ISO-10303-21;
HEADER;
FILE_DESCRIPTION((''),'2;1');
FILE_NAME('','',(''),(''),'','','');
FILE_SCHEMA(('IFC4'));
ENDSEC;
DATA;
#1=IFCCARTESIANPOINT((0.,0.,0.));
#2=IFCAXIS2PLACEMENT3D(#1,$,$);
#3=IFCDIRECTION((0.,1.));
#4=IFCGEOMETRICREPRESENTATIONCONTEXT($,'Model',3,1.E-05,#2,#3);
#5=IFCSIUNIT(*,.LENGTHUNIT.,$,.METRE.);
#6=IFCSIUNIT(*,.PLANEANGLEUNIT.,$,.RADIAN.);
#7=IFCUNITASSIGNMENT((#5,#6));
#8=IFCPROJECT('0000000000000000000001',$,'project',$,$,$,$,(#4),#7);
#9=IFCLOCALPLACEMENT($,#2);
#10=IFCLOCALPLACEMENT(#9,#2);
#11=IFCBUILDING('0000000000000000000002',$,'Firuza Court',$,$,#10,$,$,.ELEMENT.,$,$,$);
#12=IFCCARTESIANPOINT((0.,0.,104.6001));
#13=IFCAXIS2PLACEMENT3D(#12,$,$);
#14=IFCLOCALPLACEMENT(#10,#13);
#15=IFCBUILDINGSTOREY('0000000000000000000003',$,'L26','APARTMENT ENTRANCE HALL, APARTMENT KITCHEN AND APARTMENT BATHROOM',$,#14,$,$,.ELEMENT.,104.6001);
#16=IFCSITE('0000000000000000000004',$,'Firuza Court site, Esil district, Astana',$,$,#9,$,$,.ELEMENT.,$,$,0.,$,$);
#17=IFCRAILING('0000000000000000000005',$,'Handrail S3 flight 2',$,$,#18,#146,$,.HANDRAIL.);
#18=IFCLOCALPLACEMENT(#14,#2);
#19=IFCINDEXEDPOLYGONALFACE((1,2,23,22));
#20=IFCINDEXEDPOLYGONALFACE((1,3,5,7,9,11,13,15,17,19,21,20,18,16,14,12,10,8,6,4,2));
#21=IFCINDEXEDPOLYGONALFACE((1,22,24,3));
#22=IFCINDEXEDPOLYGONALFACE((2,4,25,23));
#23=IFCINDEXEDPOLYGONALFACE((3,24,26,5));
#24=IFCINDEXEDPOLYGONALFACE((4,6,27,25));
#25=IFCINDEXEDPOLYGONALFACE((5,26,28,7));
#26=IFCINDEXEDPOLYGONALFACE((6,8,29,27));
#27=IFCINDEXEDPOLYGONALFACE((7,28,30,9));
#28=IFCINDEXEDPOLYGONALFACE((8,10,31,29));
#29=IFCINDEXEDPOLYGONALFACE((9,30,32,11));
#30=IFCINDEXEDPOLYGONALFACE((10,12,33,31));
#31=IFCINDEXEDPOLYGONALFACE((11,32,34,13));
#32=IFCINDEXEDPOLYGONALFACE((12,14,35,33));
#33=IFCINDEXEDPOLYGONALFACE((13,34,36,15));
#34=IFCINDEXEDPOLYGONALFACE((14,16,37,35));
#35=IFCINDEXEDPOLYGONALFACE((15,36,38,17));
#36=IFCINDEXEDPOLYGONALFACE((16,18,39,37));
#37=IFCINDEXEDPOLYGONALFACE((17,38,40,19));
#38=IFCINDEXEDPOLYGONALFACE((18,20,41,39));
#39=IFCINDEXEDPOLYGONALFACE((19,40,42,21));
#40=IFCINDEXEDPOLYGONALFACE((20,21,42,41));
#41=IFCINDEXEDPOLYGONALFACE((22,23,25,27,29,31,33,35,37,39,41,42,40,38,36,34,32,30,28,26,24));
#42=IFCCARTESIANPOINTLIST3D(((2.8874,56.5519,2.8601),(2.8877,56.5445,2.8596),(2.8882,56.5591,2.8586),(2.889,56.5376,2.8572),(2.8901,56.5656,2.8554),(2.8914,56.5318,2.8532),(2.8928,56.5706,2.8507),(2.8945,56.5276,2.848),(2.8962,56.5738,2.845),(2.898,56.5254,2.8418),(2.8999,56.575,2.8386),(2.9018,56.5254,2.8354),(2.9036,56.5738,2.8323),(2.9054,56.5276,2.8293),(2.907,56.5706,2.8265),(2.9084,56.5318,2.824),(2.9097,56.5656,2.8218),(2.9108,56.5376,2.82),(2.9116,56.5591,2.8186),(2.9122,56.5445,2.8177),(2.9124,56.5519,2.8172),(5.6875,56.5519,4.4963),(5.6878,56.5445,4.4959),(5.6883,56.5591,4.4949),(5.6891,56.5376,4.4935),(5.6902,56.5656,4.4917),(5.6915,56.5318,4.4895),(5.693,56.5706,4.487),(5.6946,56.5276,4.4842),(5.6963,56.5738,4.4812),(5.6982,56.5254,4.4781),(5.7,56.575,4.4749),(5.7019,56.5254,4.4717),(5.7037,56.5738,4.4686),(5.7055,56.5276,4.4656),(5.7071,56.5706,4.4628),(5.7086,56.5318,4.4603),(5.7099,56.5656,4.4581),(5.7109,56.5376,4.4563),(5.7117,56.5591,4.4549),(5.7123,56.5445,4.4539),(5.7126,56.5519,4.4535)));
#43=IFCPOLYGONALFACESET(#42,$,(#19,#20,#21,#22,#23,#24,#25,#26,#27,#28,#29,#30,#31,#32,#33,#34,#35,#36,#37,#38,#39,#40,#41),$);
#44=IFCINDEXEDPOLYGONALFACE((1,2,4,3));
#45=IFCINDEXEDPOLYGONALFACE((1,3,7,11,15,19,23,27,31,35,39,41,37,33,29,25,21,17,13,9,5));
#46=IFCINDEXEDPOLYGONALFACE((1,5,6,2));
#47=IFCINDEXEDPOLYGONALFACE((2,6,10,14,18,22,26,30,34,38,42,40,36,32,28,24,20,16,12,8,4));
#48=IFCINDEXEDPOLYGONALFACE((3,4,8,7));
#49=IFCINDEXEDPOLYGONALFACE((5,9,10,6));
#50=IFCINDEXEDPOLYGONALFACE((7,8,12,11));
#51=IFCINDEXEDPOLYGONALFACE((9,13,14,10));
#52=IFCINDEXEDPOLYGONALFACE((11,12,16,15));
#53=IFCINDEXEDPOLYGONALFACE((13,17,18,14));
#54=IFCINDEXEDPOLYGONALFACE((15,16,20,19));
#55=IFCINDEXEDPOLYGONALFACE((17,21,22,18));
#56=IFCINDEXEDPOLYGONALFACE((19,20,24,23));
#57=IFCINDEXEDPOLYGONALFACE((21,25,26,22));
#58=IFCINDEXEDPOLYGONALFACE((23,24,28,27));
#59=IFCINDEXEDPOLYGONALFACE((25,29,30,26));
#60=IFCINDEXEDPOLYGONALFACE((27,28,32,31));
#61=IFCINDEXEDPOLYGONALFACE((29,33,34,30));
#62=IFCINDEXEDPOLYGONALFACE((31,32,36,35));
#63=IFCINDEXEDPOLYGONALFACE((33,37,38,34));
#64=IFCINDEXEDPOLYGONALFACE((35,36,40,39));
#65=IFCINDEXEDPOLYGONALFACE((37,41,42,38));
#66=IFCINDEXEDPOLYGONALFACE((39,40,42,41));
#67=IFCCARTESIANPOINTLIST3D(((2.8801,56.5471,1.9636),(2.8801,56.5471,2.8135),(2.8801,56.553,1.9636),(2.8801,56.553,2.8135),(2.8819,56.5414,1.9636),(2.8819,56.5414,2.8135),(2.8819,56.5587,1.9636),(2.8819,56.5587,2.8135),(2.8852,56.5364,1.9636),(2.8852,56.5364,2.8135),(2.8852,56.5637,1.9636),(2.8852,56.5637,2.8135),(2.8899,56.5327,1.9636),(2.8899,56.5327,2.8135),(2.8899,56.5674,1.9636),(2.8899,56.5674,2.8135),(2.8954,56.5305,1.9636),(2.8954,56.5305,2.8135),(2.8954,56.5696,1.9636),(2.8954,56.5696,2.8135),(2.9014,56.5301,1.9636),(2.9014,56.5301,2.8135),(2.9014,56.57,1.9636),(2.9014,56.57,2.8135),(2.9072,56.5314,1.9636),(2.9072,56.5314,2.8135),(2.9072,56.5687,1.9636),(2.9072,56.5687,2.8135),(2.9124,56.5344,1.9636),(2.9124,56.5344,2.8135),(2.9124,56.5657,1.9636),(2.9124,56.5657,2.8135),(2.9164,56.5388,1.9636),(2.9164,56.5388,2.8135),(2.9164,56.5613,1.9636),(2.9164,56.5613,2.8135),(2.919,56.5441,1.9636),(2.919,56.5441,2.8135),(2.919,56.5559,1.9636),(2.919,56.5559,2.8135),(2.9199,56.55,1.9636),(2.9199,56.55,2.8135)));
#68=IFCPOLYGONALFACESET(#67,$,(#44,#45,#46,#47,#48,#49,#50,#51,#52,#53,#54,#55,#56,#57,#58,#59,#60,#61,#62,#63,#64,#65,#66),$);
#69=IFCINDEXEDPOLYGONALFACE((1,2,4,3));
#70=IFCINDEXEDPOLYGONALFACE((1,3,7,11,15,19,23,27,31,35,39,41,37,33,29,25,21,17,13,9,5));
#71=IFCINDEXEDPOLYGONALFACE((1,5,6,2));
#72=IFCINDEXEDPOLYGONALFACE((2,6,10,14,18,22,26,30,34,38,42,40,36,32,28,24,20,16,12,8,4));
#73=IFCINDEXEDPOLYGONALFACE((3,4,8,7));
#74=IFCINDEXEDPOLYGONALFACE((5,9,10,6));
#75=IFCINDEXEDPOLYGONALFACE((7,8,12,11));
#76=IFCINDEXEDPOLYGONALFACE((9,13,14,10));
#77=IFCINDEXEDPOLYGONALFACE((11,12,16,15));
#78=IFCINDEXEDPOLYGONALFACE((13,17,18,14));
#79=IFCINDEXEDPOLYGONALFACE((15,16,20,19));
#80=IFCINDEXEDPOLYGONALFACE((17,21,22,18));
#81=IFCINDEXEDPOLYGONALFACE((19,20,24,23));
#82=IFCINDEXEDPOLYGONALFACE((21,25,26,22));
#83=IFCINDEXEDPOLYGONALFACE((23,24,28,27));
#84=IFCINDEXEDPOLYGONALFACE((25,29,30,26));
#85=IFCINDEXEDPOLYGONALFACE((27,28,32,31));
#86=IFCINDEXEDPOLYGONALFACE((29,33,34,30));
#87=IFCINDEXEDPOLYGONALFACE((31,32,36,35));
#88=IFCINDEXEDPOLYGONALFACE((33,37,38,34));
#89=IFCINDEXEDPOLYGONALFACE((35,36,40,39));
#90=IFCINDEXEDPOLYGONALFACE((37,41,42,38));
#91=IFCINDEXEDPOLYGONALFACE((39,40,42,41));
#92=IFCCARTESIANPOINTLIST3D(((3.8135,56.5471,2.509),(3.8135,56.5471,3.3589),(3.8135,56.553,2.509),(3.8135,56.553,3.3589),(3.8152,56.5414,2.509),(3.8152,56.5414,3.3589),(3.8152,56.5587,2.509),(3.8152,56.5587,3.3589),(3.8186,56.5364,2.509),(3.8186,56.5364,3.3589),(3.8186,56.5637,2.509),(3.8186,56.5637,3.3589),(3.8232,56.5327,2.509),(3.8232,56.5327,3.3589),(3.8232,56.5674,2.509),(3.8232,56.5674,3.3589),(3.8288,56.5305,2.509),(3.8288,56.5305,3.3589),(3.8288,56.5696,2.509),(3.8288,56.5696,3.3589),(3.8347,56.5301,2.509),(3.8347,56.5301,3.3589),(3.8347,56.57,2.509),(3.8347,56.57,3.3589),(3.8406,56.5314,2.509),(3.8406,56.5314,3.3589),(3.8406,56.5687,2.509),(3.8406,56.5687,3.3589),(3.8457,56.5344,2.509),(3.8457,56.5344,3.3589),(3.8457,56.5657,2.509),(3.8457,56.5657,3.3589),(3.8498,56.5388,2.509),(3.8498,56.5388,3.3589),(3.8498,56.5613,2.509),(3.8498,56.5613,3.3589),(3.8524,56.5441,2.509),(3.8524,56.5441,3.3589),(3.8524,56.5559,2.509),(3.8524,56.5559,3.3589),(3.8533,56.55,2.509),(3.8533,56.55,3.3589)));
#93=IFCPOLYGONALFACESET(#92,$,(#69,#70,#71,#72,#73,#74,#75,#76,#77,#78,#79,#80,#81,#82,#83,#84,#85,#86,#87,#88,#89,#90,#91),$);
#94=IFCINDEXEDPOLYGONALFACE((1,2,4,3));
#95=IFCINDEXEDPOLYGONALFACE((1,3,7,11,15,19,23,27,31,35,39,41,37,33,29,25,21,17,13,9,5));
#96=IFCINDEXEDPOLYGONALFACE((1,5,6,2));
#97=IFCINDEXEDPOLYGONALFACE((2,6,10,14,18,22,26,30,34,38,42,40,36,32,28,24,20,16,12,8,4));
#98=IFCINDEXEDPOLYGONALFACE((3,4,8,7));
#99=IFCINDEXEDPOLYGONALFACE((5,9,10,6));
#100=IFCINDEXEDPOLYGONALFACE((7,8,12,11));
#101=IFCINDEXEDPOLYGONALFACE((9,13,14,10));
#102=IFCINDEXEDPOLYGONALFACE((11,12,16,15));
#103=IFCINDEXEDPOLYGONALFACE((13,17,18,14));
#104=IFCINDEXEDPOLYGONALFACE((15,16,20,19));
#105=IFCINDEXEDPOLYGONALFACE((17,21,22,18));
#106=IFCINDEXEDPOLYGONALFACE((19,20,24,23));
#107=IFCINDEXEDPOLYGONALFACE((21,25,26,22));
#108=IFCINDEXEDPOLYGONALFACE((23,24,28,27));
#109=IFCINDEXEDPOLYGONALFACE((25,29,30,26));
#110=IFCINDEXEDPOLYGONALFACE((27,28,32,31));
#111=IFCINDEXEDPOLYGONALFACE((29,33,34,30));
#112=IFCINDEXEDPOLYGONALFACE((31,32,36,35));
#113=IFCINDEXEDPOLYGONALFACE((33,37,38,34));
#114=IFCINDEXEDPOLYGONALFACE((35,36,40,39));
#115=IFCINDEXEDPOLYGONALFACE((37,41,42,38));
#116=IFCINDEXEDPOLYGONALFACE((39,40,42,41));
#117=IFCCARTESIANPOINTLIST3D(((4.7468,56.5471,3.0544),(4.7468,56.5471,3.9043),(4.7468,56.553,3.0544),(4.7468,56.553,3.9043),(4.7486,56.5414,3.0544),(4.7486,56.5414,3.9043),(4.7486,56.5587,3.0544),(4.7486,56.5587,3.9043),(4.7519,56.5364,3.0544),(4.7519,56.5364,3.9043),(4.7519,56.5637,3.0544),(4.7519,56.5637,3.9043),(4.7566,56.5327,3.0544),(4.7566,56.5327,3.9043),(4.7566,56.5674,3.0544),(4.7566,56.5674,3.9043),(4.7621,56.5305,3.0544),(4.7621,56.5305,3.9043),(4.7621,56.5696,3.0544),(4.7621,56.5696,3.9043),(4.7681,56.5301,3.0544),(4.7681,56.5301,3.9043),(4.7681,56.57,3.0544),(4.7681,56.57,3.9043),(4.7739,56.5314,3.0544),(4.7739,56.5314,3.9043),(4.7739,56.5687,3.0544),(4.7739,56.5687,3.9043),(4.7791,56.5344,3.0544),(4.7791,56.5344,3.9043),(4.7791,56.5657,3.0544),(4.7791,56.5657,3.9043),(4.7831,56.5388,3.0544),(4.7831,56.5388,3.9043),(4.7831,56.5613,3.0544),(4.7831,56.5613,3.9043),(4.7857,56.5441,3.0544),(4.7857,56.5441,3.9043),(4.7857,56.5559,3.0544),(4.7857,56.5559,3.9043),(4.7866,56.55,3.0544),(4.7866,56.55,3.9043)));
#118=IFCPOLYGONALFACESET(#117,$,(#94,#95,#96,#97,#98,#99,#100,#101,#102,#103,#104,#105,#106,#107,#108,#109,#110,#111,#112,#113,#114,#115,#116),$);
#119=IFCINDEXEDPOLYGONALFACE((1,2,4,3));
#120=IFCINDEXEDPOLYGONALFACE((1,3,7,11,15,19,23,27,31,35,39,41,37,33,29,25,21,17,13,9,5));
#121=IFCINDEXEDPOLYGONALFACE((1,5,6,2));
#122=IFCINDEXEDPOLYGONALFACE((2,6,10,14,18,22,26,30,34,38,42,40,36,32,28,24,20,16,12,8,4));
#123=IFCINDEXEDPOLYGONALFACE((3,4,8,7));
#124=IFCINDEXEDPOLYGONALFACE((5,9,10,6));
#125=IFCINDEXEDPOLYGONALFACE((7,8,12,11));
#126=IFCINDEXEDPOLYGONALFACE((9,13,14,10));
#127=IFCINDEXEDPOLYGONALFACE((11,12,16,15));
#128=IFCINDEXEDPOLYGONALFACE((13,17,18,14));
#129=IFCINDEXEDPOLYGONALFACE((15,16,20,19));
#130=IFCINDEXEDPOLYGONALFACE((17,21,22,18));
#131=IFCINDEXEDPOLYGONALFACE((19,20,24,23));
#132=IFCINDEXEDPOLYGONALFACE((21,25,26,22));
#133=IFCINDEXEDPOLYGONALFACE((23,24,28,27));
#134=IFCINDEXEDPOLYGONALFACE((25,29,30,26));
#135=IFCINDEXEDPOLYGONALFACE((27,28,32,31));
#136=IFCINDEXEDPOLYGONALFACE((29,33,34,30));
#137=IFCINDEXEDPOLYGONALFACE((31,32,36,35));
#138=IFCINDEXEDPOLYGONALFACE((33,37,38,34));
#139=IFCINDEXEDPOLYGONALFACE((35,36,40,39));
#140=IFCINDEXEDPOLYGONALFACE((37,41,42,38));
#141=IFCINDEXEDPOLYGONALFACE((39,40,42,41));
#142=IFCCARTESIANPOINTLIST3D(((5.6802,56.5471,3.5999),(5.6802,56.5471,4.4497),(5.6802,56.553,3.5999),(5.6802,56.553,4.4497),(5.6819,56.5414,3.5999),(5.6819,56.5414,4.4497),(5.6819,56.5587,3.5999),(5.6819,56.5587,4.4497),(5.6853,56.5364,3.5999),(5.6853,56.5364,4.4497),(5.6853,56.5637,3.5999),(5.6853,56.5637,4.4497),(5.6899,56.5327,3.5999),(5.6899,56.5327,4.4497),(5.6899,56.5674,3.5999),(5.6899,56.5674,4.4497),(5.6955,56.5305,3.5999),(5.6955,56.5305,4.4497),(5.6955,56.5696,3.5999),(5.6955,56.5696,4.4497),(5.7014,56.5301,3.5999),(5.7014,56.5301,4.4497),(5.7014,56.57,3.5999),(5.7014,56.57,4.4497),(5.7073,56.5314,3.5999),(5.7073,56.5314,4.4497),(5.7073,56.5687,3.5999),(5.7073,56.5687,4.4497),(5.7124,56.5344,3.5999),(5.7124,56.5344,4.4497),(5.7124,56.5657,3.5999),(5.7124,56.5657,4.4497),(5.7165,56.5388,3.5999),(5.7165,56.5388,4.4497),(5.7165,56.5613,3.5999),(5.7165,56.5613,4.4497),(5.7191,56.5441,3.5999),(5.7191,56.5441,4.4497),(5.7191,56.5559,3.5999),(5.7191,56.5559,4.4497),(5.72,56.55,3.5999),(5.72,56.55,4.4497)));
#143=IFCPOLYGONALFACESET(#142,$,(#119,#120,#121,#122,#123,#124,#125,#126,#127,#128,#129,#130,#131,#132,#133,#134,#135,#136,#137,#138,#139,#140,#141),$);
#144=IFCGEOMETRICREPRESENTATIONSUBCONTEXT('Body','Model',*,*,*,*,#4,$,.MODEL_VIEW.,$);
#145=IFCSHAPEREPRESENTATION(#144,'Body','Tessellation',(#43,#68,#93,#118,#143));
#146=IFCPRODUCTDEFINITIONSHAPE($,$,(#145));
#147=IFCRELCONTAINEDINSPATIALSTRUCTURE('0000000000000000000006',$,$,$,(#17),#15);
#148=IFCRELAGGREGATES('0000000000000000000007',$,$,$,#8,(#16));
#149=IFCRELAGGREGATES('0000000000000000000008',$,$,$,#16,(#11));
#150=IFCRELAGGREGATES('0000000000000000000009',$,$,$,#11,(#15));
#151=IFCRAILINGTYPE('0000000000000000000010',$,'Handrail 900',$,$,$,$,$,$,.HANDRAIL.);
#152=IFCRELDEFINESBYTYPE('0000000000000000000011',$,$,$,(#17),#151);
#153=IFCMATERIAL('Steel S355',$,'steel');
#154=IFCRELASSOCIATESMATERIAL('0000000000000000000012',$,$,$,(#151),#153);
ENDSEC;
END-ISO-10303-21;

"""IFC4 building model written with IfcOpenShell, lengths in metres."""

from ifc_helpers import new_model, si_unit, direction, frame, origin, origin_2d, place, context, subcontext, project, spatial, circle, extrude, material, type_object, element, save


model = new_model("IFC4")

# Units and contexts
model_context = context("Model", 3, precision=1e-05, world=origin(), true_north=direction((0.0, 1.0)))
body_context = subcontext(model_context, "Body", "Model", "MODEL_VIEW")
ifc_project = project(units=[si_unit("LENGTHUNIT", "METRE"), si_unit("PLANEANGLEUNIT", "RADIAN")], contexts=[model_context])

# Site, building, storey
site_placement = place(None, origin())
site = spatial("IfcSite", under=ifc_project, at=site_placement, Name="Firuza Court site, Esil district, Astana", CompositionType="ELEMENT", RefElevation=0.0)
building_placement = place(site_placement, origin())
building = spatial("IfcBuilding", under=site, at=building_placement, Name="Firuza Court", CompositionType="ELEMENT")
storey_placement = place(building_placement, frame((0.0, 0.0, 104.6001)))
storey = spatial("IfcBuildingStorey", under=building, at=storey_placement, Name="L26", Description="APARTMENT ENTRANCE HALL, APARTMENT KITCHEN AND APARTMENT BATHROOM", CompositionType="ELEMENT", Elevation=104.6001)

# Railing
ifc_material_1 = material(Name="Steel S355", Category="steel")
railing_type_1 = type_object("IfcRailingType", Name="Handrail 900", PredefinedType="HANDRAIL", material=ifc_material_1)
railing_1_placement = place(storey_placement, frame((2.8999, 56.55, 1.9636)))
element("IfcRailing", 1, at=railing_1_placement, inside=storey, type_object=railing_type_1, Name="Handrail S3 flight 2", PredefinedType="HANDRAIL", context=body_context, shape_type="SweptSolid", body=[
    extrude(circle(Radius=0.0249, at=origin_2d()), frame((0.0, 0.0, 0.875), z_axis=(0.863394, 0.0, 0.504531), x_axis=(0.0, 1.0, 0.0)), (0.0, 0.0, 1.0), 3.2432),
    extrude(circle(Radius=0.02, at=origin_2d()), origin(), (0.0, 0.0, 1.0), 0.8499),
    extrude(circle(Radius=0.02, at=origin_2d()), frame((0.9333, 0.0, 0.5454)), (0.0, 0.0, 1.0), 0.8499),
    extrude(circle(Radius=0.02, at=origin_2d()), frame((1.8667, 0.0, 1.0908)), (0.0, 0.0, 1.0), 0.8499),
    extrude(circle(Radius=0.02, at=origin_2d()), frame((2.8, 0.0, 1.6362)), (0.0, 0.0, 1.0), 0.8499),
])

save(model, "model.ifc")
